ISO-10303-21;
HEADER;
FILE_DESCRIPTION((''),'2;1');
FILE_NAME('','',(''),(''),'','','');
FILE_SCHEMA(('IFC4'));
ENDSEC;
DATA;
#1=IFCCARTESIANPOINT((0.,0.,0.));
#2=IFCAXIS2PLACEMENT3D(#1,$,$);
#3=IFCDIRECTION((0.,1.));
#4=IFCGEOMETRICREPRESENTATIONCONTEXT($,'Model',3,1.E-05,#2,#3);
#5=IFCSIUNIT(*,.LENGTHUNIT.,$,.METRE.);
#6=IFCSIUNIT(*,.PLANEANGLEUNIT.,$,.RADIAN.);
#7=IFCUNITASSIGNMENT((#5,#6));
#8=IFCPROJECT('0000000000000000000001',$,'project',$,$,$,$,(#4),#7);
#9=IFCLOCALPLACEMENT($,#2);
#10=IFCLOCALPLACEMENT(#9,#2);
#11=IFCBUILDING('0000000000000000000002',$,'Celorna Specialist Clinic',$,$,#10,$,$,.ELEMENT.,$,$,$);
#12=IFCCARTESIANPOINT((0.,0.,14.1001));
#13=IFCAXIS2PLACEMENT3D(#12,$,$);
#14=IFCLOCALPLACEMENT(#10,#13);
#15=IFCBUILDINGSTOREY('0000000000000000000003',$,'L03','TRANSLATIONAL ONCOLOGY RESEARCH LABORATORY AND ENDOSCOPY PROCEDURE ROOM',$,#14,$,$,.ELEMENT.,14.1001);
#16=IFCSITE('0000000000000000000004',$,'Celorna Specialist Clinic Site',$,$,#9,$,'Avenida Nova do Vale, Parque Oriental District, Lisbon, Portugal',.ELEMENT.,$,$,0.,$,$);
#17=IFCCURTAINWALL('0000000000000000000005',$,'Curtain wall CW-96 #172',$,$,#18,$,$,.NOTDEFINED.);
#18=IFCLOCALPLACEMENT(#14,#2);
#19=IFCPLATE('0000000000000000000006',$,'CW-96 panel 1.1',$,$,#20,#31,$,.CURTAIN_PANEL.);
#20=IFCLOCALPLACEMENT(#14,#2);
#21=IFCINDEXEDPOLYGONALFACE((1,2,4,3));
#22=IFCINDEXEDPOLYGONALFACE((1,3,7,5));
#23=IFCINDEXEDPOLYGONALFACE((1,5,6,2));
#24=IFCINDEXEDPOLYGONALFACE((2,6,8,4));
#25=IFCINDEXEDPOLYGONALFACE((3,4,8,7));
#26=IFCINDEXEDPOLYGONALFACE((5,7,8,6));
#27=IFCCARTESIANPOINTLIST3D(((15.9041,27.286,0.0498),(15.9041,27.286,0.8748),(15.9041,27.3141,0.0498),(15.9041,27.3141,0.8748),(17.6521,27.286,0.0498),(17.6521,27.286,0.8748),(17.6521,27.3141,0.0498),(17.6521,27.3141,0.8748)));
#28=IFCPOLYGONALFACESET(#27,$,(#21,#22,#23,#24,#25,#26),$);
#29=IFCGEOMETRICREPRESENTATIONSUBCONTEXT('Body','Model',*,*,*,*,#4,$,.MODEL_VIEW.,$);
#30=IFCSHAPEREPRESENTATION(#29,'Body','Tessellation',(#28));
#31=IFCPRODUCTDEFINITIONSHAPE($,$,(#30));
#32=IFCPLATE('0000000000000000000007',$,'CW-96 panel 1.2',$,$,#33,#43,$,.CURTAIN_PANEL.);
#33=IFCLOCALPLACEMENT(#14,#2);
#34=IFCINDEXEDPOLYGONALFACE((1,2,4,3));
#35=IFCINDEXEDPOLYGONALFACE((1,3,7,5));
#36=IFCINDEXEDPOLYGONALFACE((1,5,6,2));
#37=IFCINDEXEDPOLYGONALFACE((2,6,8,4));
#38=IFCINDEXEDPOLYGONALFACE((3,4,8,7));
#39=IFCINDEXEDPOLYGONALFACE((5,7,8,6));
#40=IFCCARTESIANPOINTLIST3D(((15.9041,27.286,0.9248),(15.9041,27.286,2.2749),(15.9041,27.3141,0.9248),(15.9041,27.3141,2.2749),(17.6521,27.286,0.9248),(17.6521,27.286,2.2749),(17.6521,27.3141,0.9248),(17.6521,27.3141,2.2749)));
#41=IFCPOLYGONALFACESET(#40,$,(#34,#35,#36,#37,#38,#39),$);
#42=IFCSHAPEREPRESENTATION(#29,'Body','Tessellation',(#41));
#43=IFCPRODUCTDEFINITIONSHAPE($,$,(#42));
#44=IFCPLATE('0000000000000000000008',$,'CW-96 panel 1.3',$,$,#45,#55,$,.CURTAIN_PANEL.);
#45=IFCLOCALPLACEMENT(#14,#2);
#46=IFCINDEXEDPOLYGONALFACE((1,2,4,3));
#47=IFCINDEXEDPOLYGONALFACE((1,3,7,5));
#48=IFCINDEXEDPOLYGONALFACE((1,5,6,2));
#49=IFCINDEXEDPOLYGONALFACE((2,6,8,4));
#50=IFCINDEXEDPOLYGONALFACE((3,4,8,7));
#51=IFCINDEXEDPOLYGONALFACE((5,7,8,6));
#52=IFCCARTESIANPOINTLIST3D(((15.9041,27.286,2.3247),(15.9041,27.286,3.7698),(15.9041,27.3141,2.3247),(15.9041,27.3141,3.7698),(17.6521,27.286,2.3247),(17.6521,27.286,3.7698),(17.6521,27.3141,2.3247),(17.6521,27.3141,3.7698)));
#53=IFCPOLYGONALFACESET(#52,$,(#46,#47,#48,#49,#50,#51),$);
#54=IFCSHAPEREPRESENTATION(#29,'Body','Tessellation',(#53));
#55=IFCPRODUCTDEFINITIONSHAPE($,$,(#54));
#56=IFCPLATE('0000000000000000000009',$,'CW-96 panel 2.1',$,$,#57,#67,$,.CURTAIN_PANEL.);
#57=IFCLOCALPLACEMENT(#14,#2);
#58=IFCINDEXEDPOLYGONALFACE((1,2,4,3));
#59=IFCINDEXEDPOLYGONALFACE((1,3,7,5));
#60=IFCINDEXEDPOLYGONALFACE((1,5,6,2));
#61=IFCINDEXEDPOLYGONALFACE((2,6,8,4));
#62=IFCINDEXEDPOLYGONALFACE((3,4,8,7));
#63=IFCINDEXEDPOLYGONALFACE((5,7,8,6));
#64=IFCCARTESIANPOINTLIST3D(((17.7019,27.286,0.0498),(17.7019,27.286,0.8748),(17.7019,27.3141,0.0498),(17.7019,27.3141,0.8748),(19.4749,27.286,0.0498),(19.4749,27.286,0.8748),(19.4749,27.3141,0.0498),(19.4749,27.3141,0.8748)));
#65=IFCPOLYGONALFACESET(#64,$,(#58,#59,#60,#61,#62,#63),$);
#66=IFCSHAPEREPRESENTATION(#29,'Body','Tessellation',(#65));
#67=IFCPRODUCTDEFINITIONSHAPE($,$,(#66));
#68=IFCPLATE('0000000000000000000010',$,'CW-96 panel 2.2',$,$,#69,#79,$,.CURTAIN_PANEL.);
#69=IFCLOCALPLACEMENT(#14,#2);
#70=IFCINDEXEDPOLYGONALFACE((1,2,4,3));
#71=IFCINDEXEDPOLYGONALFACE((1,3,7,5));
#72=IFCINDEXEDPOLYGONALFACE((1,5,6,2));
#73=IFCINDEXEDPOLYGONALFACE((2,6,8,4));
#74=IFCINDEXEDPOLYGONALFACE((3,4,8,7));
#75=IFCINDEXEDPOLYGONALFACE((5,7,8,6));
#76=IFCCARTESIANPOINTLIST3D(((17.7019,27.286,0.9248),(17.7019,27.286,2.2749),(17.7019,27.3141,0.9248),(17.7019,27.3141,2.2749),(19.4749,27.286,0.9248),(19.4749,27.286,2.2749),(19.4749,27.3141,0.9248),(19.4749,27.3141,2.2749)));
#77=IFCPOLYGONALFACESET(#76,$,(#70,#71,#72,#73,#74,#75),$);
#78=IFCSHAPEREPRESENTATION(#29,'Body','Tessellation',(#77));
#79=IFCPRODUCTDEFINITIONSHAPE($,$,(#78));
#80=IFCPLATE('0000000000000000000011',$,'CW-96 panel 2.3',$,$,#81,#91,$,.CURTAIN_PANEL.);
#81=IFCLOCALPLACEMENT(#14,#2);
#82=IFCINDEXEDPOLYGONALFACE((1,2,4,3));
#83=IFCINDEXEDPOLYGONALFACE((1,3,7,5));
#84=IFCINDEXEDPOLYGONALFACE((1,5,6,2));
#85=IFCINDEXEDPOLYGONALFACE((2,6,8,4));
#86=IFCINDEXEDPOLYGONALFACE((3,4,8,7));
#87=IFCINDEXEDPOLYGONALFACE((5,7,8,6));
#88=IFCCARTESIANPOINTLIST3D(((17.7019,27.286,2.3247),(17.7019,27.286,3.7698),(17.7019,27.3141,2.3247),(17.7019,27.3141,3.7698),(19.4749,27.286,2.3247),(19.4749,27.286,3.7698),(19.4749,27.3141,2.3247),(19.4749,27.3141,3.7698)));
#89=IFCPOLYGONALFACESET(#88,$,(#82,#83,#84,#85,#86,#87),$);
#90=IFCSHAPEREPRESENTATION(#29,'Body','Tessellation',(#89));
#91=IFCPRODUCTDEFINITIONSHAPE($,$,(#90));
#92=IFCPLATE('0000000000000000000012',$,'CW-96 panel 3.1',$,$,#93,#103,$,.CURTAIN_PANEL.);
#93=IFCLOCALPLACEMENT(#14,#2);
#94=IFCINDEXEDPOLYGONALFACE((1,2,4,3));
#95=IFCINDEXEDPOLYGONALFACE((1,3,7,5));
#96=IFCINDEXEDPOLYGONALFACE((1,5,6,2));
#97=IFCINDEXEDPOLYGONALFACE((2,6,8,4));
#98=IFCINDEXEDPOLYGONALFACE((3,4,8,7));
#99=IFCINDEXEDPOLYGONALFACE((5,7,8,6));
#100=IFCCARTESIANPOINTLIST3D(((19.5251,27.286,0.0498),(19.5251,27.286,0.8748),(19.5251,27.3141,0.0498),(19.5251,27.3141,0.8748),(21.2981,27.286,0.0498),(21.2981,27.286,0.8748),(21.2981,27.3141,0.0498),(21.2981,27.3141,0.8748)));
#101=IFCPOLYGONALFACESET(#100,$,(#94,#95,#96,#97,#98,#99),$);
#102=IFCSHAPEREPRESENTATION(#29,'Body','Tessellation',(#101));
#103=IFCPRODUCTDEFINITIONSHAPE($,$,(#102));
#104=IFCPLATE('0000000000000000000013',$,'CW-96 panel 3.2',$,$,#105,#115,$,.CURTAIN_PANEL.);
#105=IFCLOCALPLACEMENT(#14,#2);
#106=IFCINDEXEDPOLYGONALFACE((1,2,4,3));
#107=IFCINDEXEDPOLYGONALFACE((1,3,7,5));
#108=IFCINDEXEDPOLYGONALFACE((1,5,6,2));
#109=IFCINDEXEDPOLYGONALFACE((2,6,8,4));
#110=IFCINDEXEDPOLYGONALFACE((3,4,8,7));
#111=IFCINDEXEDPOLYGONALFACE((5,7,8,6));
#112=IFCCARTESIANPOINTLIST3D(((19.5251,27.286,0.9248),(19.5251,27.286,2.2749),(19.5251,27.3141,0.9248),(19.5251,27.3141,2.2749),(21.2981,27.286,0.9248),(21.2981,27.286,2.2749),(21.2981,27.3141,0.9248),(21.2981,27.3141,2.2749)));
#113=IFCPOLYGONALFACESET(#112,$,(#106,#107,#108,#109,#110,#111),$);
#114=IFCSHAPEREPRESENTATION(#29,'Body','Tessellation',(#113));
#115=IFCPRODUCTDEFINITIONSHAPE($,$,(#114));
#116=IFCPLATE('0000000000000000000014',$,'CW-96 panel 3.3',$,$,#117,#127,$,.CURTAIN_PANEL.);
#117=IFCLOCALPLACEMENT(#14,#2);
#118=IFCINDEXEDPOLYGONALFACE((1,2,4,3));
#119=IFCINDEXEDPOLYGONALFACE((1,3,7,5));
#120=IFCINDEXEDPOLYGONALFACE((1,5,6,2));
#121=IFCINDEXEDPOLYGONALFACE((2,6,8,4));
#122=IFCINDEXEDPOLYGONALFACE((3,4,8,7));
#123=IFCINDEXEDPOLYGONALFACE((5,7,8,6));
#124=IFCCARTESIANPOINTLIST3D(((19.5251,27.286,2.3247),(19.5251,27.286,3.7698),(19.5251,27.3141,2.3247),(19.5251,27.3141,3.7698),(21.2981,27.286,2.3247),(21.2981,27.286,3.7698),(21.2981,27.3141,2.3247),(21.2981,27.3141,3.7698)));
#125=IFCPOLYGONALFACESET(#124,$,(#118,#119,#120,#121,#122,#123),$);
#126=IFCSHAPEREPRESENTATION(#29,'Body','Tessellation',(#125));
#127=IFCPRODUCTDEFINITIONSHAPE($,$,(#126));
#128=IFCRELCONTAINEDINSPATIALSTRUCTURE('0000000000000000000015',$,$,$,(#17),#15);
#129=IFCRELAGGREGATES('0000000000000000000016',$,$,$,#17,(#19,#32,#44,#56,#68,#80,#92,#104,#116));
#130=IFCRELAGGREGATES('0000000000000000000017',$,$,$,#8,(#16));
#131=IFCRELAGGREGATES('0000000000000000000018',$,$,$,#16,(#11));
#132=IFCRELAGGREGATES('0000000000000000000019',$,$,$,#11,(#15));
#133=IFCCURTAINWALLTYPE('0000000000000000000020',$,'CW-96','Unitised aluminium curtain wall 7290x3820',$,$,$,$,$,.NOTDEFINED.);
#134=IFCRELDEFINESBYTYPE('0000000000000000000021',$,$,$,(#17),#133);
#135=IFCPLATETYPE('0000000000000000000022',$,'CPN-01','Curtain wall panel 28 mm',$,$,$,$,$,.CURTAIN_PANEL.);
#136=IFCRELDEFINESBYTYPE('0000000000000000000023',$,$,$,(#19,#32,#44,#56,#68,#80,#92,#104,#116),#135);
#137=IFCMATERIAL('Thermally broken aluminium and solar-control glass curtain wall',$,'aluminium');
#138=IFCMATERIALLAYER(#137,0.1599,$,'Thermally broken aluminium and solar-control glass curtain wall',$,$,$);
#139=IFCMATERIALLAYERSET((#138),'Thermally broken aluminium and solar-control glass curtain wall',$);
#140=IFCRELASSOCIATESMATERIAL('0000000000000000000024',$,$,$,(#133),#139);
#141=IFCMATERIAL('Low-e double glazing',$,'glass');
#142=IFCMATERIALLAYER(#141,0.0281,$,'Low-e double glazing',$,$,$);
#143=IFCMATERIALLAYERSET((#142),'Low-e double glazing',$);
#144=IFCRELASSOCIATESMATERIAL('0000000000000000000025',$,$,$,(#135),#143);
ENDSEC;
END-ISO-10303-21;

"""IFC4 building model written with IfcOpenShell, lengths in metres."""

from ifc_helpers import new_model, si_unit, direction, frame, origin, origin_2d, place, context, subcontext, project, spatial, rectangle, extrude, material, layer, layer_set, type_object, element, aggregate, save


model = new_model("IFC4")

# Units and contexts
model_context = context("Model", 3, precision=1e-05, world=origin(), true_north=direction((0.0, 1.0)))
body_context = subcontext(model_context, "Body", "Model", "MODEL_VIEW")
ifc_project = project(units=[si_unit("LENGTHUNIT", "METRE"), si_unit("PLANEANGLEUNIT", "RADIAN")], contexts=[model_context])

# Site, building, storey
site_placement = place(None, origin())
site = spatial("IfcSite", under=ifc_project, at=site_placement, Name="Celorna Specialist Clinic Site", LongName="Avenida Nova do Vale, Parque Oriental District, Lisbon, Portugal", CompositionType="ELEMENT", RefElevation=0.0)
building_placement = place(site_placement, origin())
building = spatial("IfcBuilding", under=site, at=building_placement, Name="Celorna Specialist Clinic", CompositionType="ELEMENT")
storey_placement = place(building_placement, frame((0.0, 0.0, 14.1001)))
storey = spatial("IfcBuildingStorey", under=building, at=storey_placement, Name="L03", Description="TRANSLATIONAL ONCOLOGY RESEARCH LABORATORY AND ENDOSCOPY PROCEDURE ROOM", CompositionType="ELEMENT", Elevation=14.1001)

# Curtain wall, plates
ifc_material_1 = material(Name="Thermally broken aluminium and solar-control glass curtain wall", Category="aluminium")
ifc_layer_1 = layer(ifc_material_1, 0.1599, Name="Thermally broken aluminium and solar-control glass curtain wall")
ifc_layer_set_1 = layer_set([ifc_layer_1], Name="Thermally broken aluminium and solar-control glass curtain wall")
curtain_wall_type = type_object("IfcCurtainWallType", Name="CW-96", Description="Unitised aluminium curtain wall 7290x3820", PredefinedType="NOTDEFINED", material=ifc_layer_set_1)
curtain_wall_placement = place(storey_placement, origin())
curtain_wall = element("IfcCurtainWall", 1, at=curtain_wall_placement, inside=storey, type_object=curtain_wall_type, Name="Curtain wall CW-96 #172", PredefinedType="NOTDEFINED")
ifc_material_2 = material(Name="Low-e double glazing", Category="glass")
ifc_layer_2 = layer(ifc_material_2, 0.0281, Name="Low-e double glazing")
ifc_layer_set_2 = layer_set([ifc_layer_2], Name="Low-e double glazing")
plate_type = type_object("IfcPlateType", Name="CPN-01", Description="Curtain wall panel 28 mm", PredefinedType="CURTAIN_PANEL", material=ifc_layer_set_2)
plate_1_placement = place(storey_placement, frame((16.7781, 27.3, 0.0498), z_axis=(0.0, 0.0, 1.0), x_axis=(1.0, 0.0, 0.0)))
plate_1 = element("IfcPlate", 2, at=plate_1_placement, type_object=plate_type, Name="CW-96 panel 1.1", PredefinedType="CURTAIN_PANEL", context=body_context, shape_type="SweptSolid", body=[
    extrude(rectangle(XDim=1.748, YDim=0.0281, at=origin_2d()), origin(), (0.0, 0.0, 1.0), 0.825),
])
plate_2_placement = place(storey_placement, frame((16.7781, 27.3, 0.9248), z_axis=(0.0, 0.0, 1.0), x_axis=(1.0, 0.0, 0.0)))
plate_2 = element("IfcPlate", 3, at=plate_2_placement, type_object=plate_type, Name="CW-96 panel 1.2", PredefinedType="CURTAIN_PANEL", context=body_context, shape_type="SweptSolid", body=[
    extrude(rectangle(XDim=1.748, YDim=0.0281, at=origin_2d()), origin(), (0.0, 0.0, 1.0), 1.3501),
])
plate_3_placement = place(storey_placement, frame((16.7781, 27.3, 2.3247), z_axis=(0.0, 0.0, 1.0), x_axis=(1.0, 0.0, 0.0)))
plate_3 = element("IfcPlate", 4, at=plate_3_placement, type_object=plate_type, Name="CW-96 panel 1.3", PredefinedType="CURTAIN_PANEL", context=body_context, shape_type="SweptSolid", body=[
    extrude(rectangle(XDim=1.748, YDim=0.0281, at=origin_2d()), origin(), (0.0, 0.0, 1.0), 1.4451),
])
plate_4_placement = place(storey_placement, frame((18.5884, 27.3, 0.0498), z_axis=(0.0, 0.0, 1.0), x_axis=(1.0, 0.0, 0.0)))
plate_4 = element("IfcPlate", 5, at=plate_4_placement, type_object=plate_type, Name="CW-96 panel 2.1", PredefinedType="CURTAIN_PANEL", context=body_context, shape_type="SweptSolid", body=[
    extrude(rectangle(XDim=1.7729, YDim=0.0281, at=origin_2d()), origin(), (0.0, 0.0, 1.0), 0.825),
])
plate_5_placement = place(storey_placement, frame((18.5884, 27.3, 0.9248), z_axis=(0.0, 0.0, 1.0), x_axis=(1.0, 0.0, 0.0)))
plate_5 = element("IfcPlate", 6, at=plate_5_placement, type_object=plate_type, Name="CW-96 panel 2.2", PredefinedType="CURTAIN_PANEL", context=body_context, shape_type="SweptSolid", body=[
    extrude(rectangle(XDim=1.7729, YDim=0.0281, at=origin_2d()), origin(), (0.0, 0.0, 1.0), 1.3501),
])
plate_6_placement = place(storey_placement, frame((18.5884, 27.3, 2.3247), z_axis=(0.0, 0.0, 1.0), x_axis=(1.0, 0.0, 0.0)))
plate_6 = element("IfcPlate", 7, at=plate_6_placement, type_object=plate_type, Name="CW-96 panel 2.3", PredefinedType="CURTAIN_PANEL", context=body_context, shape_type="SweptSolid", body=[
    extrude(rectangle(XDim=1.7729, YDim=0.0281, at=origin_2d()), origin(), (0.0, 0.0, 1.0), 1.4451),
])
plate_7_placement = place(storey_placement, frame((20.4116, 27.3, 0.0498), z_axis=(0.0, 0.0, 1.0), x_axis=(1.0, 0.0, 0.0)))
plate_7 = element("IfcPlate", 8, at=plate_7_placement, type_object=plate_type, Name="CW-96 panel 3.1", PredefinedType="CURTAIN_PANEL", context=body_context, shape_type="SweptSolid", body=[
    extrude(rectangle(XDim=1.7729, YDim=0.0281, at=origin_2d()), origin(), (0.0, 0.0, 1.0), 0.825),
])
plate_8_placement = place(storey_placement, frame((20.4116, 27.3, 0.9248), z_axis=(0.0, 0.0, 1.0), x_axis=(1.0, 0.0, 0.0)))
plate_8 = element("IfcPlate", 9, at=plate_8_placement, type_object=plate_type, Name="CW-96 panel 3.2", PredefinedType="CURTAIN_PANEL", context=body_context, shape_type="SweptSolid", body=[
    extrude(rectangle(XDim=1.7729, YDim=0.0281, at=origin_2d()), origin(), (0.0, 0.0, 1.0), 1.3501),
])
plate_9_placement = place(storey_placement, frame((20.4116, 27.3, 2.3247), z_axis=(0.0, 0.0, 1.0), x_axis=(1.0, 0.0, 0.0)))
plate_9 = element("IfcPlate", 10, at=plate_9_placement, type_object=plate_type, Name="CW-96 panel 3.3", PredefinedType="CURTAIN_PANEL", context=body_context, shape_type="SweptSolid", body=[
    extrude(rectangle(XDim=1.7729, YDim=0.0281, at=origin_2d()), origin(), (0.0, 0.0, 1.0), 1.4451),
])
aggregate(curtain_wall, [plate_1, plate_2, plate_3, plate_4, plate_5, plate_6, plate_7, plate_8, plate_9])

save(model, "model.ifc")
